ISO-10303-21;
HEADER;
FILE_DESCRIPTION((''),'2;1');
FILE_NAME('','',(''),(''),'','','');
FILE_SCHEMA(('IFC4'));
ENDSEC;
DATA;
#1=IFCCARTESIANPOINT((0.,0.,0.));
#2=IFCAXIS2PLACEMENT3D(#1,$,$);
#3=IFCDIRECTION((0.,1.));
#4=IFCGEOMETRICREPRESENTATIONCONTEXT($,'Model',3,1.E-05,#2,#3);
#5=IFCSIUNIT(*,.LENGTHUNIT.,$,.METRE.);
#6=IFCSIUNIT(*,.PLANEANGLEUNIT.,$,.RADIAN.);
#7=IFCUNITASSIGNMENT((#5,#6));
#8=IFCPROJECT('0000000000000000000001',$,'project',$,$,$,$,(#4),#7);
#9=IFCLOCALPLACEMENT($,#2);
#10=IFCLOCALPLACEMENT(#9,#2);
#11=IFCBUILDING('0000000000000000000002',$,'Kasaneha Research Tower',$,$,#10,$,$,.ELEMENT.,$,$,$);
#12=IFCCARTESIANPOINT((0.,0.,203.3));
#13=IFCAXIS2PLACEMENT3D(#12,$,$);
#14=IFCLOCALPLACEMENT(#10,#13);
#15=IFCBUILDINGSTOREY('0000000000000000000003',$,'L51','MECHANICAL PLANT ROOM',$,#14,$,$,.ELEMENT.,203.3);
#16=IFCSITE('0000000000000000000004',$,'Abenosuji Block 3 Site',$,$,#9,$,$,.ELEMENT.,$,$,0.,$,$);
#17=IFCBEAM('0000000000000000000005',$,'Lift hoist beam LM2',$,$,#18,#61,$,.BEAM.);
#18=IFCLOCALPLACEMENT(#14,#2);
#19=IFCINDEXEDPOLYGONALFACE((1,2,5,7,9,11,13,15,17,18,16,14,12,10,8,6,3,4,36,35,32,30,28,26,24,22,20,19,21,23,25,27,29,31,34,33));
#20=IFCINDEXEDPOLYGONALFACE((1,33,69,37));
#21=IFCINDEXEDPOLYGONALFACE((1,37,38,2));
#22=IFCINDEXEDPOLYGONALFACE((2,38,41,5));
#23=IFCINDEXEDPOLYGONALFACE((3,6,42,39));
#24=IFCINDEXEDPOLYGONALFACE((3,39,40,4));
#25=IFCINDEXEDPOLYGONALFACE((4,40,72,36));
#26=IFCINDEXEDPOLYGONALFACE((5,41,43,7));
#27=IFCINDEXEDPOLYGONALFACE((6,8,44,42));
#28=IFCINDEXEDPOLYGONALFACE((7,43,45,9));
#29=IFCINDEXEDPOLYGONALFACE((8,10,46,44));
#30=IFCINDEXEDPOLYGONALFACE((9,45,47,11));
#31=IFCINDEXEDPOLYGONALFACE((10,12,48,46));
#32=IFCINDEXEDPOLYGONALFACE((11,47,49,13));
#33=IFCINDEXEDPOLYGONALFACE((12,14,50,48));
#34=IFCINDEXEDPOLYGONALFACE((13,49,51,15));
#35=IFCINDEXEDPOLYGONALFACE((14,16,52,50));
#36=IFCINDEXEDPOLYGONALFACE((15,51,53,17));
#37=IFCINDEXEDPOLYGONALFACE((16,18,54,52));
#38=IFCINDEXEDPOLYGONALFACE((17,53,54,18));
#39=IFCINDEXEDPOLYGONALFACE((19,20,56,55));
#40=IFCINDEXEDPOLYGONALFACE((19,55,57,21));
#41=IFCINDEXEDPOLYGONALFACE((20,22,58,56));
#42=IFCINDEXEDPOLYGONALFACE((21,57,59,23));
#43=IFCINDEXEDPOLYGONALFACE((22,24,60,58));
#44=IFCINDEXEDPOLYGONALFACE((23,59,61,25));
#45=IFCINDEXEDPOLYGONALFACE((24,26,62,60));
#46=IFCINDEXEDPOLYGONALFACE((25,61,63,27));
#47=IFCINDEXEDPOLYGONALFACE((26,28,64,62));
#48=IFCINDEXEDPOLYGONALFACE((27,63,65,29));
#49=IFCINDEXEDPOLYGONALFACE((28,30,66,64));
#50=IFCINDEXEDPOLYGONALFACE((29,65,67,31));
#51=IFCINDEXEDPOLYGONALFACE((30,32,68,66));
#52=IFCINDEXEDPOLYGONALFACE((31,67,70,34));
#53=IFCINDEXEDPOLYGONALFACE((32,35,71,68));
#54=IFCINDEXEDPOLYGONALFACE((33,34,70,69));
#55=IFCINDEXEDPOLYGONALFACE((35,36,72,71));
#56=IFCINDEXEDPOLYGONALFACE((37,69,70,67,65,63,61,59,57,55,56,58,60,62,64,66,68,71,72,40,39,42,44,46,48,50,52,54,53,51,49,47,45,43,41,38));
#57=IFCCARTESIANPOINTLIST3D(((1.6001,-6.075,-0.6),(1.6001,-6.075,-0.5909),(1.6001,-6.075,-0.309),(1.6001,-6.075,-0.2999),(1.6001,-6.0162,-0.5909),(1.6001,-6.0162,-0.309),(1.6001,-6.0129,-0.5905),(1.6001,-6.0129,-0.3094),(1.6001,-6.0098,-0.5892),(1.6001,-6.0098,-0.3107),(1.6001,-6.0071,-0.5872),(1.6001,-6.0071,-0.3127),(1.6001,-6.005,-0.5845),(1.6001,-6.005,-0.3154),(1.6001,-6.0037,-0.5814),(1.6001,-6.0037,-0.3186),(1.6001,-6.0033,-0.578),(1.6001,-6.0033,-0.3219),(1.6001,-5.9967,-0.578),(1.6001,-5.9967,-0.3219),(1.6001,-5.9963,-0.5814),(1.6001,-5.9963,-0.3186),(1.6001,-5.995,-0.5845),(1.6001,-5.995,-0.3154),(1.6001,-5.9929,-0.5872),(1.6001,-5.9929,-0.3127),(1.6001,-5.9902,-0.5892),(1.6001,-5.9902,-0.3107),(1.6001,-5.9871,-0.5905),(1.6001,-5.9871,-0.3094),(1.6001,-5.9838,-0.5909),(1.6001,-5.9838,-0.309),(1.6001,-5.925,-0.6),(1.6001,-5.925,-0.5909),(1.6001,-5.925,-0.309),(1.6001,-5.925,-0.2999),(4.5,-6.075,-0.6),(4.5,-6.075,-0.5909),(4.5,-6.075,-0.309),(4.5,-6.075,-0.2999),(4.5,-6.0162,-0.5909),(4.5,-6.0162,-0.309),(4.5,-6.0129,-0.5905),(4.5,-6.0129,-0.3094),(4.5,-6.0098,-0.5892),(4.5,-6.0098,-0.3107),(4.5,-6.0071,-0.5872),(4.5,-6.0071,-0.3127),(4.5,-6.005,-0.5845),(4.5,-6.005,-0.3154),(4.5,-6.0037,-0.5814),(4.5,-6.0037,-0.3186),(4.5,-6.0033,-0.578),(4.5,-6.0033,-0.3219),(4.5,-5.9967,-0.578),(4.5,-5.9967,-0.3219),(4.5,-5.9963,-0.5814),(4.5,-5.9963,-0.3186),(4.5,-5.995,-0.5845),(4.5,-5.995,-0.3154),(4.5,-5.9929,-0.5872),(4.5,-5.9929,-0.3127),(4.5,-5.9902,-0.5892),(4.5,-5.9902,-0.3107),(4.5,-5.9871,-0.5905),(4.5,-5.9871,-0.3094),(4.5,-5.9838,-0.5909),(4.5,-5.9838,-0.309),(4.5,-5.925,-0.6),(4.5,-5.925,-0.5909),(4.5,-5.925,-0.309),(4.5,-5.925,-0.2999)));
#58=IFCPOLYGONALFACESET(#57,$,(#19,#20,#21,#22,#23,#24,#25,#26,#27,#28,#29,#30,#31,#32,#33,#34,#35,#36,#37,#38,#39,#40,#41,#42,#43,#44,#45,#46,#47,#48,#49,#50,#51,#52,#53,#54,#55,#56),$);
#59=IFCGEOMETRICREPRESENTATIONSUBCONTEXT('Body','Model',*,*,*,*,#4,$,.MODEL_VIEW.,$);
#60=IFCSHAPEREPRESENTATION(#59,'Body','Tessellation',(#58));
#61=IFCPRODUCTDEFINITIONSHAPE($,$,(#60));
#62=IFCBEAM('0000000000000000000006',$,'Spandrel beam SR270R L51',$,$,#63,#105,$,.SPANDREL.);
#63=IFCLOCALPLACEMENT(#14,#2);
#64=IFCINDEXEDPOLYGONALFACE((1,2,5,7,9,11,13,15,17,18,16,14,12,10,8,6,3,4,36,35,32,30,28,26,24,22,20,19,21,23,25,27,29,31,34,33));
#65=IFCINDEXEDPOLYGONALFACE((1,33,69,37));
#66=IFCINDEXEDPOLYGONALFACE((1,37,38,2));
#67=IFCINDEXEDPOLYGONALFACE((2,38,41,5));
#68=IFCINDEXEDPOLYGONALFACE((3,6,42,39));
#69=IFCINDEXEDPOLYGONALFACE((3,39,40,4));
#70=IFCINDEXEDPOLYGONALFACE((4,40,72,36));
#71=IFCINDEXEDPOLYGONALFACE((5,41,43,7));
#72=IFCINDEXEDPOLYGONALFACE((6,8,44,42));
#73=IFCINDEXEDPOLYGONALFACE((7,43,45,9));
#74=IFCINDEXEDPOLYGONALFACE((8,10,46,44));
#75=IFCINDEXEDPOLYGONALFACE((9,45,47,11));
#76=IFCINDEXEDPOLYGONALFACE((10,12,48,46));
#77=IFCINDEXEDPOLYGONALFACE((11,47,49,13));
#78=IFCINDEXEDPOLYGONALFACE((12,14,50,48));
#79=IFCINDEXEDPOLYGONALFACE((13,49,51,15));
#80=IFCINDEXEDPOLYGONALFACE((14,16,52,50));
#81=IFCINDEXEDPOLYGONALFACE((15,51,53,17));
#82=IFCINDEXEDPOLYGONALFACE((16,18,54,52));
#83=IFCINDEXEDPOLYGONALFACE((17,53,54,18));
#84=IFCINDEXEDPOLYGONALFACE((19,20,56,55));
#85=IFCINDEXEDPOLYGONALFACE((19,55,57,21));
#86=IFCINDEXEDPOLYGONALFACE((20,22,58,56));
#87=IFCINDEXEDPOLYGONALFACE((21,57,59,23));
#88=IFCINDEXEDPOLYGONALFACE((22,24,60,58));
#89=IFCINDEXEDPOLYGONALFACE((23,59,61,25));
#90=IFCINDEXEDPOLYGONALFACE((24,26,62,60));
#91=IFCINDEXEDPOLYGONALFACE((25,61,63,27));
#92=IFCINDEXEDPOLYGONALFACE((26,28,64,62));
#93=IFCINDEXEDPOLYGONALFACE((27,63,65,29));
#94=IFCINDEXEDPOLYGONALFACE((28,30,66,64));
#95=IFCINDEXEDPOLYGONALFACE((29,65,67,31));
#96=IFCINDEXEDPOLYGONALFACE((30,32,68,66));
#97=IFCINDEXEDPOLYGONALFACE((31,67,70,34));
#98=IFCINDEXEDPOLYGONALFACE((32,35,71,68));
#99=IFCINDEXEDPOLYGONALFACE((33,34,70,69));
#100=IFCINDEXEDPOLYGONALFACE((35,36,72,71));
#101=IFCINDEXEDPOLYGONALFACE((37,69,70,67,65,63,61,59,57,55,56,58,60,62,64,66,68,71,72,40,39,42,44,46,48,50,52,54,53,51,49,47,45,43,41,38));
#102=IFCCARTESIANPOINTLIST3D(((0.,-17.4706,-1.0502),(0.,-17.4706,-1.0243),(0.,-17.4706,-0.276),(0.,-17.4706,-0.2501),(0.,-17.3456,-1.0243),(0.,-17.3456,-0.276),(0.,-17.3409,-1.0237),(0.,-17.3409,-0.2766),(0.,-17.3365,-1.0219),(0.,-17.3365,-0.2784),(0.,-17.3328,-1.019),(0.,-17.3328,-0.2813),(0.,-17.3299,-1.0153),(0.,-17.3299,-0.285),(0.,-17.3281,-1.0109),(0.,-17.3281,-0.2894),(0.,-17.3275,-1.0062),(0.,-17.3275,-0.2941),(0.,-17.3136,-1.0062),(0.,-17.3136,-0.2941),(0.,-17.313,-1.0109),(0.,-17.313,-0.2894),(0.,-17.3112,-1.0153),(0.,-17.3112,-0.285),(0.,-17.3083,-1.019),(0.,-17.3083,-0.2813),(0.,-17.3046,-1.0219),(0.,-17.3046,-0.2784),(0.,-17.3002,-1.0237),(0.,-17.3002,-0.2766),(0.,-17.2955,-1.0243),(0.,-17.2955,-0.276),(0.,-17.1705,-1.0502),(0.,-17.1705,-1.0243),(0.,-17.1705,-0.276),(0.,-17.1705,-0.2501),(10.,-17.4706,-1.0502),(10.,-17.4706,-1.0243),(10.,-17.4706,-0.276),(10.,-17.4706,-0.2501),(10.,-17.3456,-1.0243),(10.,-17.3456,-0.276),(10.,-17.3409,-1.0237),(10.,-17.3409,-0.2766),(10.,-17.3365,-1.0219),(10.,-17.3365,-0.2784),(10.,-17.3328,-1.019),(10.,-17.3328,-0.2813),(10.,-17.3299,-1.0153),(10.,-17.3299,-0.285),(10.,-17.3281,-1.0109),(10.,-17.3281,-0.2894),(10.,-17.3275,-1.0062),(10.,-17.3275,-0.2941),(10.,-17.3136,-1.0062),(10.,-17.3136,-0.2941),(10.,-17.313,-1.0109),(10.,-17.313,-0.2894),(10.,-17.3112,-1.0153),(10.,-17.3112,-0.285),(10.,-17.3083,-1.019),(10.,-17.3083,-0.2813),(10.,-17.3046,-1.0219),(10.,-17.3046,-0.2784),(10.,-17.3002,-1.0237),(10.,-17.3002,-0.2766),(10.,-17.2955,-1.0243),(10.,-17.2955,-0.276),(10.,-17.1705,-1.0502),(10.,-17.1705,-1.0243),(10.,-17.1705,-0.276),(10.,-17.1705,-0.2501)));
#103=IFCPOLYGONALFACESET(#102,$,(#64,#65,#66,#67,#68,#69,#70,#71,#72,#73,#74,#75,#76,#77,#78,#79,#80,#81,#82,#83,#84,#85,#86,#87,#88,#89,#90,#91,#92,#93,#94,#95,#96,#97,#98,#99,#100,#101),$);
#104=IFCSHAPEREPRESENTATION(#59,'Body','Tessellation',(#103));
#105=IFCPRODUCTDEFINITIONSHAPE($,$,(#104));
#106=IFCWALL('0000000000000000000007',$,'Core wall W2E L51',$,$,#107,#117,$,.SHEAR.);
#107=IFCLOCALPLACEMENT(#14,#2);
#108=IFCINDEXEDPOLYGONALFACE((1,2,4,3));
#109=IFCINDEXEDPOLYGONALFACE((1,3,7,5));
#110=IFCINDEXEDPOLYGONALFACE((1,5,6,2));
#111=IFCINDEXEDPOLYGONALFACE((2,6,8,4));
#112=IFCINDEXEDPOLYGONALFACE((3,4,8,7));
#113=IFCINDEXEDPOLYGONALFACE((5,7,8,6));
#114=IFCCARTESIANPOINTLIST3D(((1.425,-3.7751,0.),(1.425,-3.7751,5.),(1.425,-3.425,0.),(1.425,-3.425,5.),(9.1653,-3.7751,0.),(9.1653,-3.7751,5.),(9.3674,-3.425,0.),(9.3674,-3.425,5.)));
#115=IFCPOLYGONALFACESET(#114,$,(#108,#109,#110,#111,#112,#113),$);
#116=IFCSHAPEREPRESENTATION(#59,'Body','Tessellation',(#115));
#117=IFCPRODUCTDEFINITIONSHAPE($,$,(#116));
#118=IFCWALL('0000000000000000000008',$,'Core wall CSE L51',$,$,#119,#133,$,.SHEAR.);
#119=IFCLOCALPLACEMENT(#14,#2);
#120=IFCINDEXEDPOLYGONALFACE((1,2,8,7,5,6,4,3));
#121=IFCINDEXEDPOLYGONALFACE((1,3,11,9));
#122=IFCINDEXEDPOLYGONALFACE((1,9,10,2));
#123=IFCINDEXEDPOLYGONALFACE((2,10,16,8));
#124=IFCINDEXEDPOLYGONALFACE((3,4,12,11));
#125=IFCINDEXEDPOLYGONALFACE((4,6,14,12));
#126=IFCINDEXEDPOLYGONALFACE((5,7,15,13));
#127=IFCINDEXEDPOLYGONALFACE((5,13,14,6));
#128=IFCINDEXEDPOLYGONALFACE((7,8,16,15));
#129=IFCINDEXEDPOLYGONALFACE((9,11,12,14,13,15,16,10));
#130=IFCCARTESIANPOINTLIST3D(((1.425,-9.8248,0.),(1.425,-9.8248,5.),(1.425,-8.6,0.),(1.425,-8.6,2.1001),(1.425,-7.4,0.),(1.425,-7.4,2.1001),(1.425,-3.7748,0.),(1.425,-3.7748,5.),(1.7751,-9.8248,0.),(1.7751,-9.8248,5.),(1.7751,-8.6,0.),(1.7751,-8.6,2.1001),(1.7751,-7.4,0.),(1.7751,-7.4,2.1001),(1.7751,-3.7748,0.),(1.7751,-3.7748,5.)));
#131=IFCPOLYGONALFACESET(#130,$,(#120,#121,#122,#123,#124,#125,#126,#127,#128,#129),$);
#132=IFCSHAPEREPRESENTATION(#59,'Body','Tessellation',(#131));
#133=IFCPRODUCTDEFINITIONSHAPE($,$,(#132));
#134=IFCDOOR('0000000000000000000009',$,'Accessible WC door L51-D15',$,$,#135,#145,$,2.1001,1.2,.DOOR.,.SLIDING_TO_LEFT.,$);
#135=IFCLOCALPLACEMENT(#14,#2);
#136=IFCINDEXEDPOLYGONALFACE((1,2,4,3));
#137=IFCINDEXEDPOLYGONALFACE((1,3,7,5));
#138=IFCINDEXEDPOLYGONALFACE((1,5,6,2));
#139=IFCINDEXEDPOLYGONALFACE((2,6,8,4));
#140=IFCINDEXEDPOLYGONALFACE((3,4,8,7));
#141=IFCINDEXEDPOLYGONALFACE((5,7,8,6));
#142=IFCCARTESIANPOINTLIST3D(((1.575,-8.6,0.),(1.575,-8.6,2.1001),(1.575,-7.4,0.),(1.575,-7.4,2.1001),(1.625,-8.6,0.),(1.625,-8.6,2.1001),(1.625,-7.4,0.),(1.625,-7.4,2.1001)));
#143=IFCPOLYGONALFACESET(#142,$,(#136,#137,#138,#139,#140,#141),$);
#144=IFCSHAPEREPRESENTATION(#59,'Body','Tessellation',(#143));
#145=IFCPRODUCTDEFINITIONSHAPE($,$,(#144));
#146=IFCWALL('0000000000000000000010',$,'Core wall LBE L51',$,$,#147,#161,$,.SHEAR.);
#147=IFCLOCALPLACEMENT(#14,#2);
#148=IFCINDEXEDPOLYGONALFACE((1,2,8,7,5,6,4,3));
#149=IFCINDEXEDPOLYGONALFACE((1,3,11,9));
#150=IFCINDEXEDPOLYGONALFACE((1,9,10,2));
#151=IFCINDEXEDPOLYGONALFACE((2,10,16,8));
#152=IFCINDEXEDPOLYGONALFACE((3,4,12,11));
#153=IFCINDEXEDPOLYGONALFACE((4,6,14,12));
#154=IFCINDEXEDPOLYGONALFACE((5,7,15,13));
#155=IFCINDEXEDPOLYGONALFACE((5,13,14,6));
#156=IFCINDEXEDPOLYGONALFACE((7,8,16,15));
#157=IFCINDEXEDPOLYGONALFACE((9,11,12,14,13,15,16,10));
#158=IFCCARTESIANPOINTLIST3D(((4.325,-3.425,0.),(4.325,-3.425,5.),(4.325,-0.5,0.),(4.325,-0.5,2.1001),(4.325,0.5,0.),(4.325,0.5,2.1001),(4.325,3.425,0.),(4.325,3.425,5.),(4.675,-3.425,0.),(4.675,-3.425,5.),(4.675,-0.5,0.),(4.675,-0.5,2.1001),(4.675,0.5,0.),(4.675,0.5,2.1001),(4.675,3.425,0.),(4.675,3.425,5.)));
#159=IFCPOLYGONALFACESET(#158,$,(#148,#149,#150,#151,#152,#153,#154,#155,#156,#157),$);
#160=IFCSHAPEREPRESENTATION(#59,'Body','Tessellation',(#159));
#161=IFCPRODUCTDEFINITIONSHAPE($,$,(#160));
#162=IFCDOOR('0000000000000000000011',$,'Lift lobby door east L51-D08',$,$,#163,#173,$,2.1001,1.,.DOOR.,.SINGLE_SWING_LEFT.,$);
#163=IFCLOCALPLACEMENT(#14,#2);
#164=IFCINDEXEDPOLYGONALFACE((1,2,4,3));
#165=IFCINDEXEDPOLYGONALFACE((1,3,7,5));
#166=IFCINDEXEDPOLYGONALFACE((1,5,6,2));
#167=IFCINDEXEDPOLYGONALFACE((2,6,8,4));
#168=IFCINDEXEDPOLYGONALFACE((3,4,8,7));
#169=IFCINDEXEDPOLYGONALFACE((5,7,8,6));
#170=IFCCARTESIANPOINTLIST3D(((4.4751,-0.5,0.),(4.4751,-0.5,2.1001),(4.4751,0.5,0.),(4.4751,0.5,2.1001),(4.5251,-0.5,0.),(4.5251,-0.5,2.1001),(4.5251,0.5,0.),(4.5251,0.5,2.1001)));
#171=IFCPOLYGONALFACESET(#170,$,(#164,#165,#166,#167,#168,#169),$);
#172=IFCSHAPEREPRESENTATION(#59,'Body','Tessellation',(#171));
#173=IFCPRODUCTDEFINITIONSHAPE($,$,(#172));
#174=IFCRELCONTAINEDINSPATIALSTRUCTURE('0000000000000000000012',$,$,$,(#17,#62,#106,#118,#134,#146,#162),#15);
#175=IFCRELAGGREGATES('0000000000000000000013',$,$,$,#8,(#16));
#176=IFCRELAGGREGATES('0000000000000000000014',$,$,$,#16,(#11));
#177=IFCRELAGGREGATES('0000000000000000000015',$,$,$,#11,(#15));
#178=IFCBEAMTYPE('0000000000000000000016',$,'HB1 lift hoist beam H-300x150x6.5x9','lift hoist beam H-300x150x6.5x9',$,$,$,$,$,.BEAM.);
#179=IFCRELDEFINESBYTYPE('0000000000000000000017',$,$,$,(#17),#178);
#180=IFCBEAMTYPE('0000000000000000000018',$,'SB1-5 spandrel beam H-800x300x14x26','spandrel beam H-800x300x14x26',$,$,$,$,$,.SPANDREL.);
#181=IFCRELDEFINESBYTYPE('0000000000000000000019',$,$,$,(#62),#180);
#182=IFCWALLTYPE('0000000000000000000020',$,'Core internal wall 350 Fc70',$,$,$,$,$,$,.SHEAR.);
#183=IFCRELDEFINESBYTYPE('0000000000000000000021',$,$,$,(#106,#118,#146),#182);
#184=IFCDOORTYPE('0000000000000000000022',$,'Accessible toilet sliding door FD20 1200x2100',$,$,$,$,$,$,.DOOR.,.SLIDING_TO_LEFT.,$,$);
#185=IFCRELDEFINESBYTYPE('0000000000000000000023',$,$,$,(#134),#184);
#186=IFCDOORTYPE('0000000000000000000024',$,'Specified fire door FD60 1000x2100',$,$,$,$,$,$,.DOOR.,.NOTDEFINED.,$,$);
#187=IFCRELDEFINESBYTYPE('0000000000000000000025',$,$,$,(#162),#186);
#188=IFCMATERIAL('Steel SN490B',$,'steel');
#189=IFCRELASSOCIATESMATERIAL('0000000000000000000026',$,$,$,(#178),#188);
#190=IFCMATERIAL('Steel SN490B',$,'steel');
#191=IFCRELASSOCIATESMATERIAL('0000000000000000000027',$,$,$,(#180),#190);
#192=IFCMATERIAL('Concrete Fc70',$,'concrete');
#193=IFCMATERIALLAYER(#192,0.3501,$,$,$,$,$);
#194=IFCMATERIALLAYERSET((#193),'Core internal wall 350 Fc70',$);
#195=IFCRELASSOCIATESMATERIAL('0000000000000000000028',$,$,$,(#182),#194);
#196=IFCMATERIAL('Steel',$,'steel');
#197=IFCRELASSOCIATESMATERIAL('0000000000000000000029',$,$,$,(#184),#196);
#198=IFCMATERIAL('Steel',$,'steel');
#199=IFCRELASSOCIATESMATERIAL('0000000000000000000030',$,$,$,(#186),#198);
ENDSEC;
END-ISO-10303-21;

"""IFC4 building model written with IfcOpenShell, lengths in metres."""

from ifc_helpers import new_model, si_unit, direction, frame, frame_2d, origin, origin_2d, place, context, subcontext, project, spatial, polyline, rectangle, i_section, outline, extrude, material, layer, layer_set, material_profile, profile_set, type_object, element, fill, save


model = new_model("IFC4")

# Units and contexts
model_context = context("Model", 3, precision=1e-05, world=origin(), true_north=direction((0.0, 1.0)))
body_context = subcontext(model_context, "Body", "Model", "MODEL_VIEW")
ifc_project = project(units=[si_unit("LENGTHUNIT", "METRE"), si_unit("PLANEANGLEUNIT", "RADIAN")], contexts=[model_context])

# Site, building, storey
site_placement = place(None, origin())
site = spatial("IfcSite", under=ifc_project, at=site_placement, Name="Abenosuji Block 3 Site", CompositionType="ELEMENT", RefElevation=0.0)
building_placement = place(site_placement, origin())
building = spatial("IfcBuilding", under=site, at=building_placement, Name="Kasaneha Research Tower", CompositionType="ELEMENT")
storey_placement = place(building_placement, frame((0.0, 0.0, 203.3)))
storey = spatial("IfcBuildingStorey", under=building, at=storey_placement, Name="L51", Description="MECHANICAL PLANT ROOM", CompositionType="ELEMENT", Elevation=203.3)

# Beams
ifc_material_1 = material(Name="Steel SN490B", Category="steel")
ifc_material_profile_1 = material_profile(ifc_material_1, i_section(OverallWidth=0.1499, OverallDepth=0.3, WebThickness=0.0066, FlangeThickness=0.009, FilletRadius=0.0129, at=origin_2d()), Name="H-300x150x6.5x9")
ifc_profile_set_1 = profile_set([ifc_material_profile_1], Name="Steel SN490B")
beam_type_1 = type_object("IfcBeamType", Name="HB1 lift hoist beam H-300x150x6.5x9", Description="lift hoist beam H-300x150x6.5x9", PredefinedType="BEAM", material=ifc_profile_set_1)
beam_1_placement = place(storey_placement, frame((1.6001, -6.0, -0.45), z_axis=(1.0, 0.0, 0.0), x_axis=(0.0, 1.0, 0.0)))
element("IfcBeam", 1, at=beam_1_placement, inside=storey, type_object=beam_type_1, Name="Lift hoist beam LM2", PredefinedType="BEAM", context=body_context, shape_type="SweptSolid", body=[
    extrude(i_section(OverallWidth=0.1499, OverallDepth=0.3, WebThickness=0.0066, FlangeThickness=0.009, FilletRadius=0.0129, at=origin_2d()), origin(), (0.0, 0.0, 1.0), 2.8999),
])
ifc_material_2 = material(Name="Steel SN490B", Category="steel")
ifc_material_profile_2 = material_profile(ifc_material_2, i_section(OverallWidth=0.3, OverallDepth=0.8, WebThickness=0.0139, FlangeThickness=0.0259, FilletRadius=0.0181, at=origin_2d()), Name="H-800x300x14x26")
ifc_profile_set_2 = profile_set([ifc_material_profile_2], Name="Steel SN490B")
beam_type_2 = type_object("IfcBeamType", Name="SB1-5 spandrel beam H-800x300x14x26", Description="spandrel beam H-800x300x14x26", PredefinedType="SPANDREL", material=ifc_profile_set_2)
beam_2_placement = place(storey_placement, frame((10.0, -17.3206, -0.6501), z_axis=(-1.0, 0.0, 0.0), x_axis=(0.0, -1.0, 0.0)))
element("IfcBeam", 2, at=beam_2_placement, inside=storey, type_object=beam_type_2, Name="Spandrel beam SR270R L51", PredefinedType="SPANDREL", context=body_context, shape_type="SweptSolid", body=[
    extrude(i_section(OverallWidth=0.3, OverallDepth=0.8, WebThickness=0.0139, FlangeThickness=0.0259, FilletRadius=0.0181, at=origin_2d()), origin(), (0.0, 0.0, 1.0), 10.0),
])

# Wall
ifc_material_3 = material(Name="Concrete Fc70", Category="concrete")
ifc_layer_1 = layer(ifc_material_3, 0.3501)
ifc_layer_set_1 = layer_set([ifc_layer_1], Name="Core internal wall 350 Fc70")
wall_type_1 = type_object("IfcWallType", Name="Core internal wall 350 Fc70", PredefinedType="SHEAR", material=ifc_layer_set_1)
wall_1_placement = place(storey_placement, frame((1.425, -3.6001, 0.0), z_axis=(0.0, 0.0, 1.0), x_axis=(1.0, 0.0, 0.0)))
element("IfcWall", 3, at=wall_1_placement, inside=storey, type_object=wall_type_1, Name="Core wall W2E L51", PredefinedType="SHEAR", context=body_context, shape_type="SweptSolid", body=[
    extrude(outline(polyline([(0.0, -0.175), (7.7402, -0.175), (7.9424, 0.175), (0.0, 0.175), (0.0, -0.175)])), origin(), (0.0, 0.0, 1.0), 5.0),
])

# Walls, openings, doors
wall_2_placement = place(storey_placement, frame((1.6001, -3.7749, 0.0), z_axis=(0.0, 0.0, 1.0), x_axis=(0.0, -1.0, 0.0)))
wall_2 = element("IfcWall", 4, at=wall_2_placement, inside=storey, type_object=wall_type_1, Name="Core wall CSE L51", PredefinedType="SHEAR", context=body_context, shape_type="SweptSolid", body=[
    extrude(rectangle(XDim=6.05, YDim=0.3501, at=frame_2d((3.0249, 0.0))), origin(), (0.0, 0.0, 1.0), 5.0),
])
opening_1_placement = place(wall_2_placement, frame((3.625, 0.0, 0.0)))
opening_1 = element("IfcOpeningElement", 5, at=opening_1_placement, cuts=wall_2, PredefinedType="OPENING", context=body_context, shape_type="SweptSolid", body=[
    extrude(rectangle(XDim=1.2, YDim=2.1001, at=frame_2d((0.6001, 1.05))), frame((0.0, 0.1851, 0.0), z_axis=(0.0, -1.0, 0.0), x_axis=(1.0, 0.0, 0.0)), (0.0, 0.0, 1.0), 0.3701),
])
ifc_material_4 = material(Name="Steel", Category="steel")
door_type_1 = type_object("IfcDoorType", Name="Accessible toilet sliding door FD20 1200x2100", OperationType="SLIDING_TO_LEFT", PredefinedType="DOOR", material=ifc_material_4)
door_1_placement = place(opening_1_placement, origin())
door_1 = element("IfcDoor", 6, at=door_1_placement, inside=storey, type_object=door_type_1, Name="Accessible WC door L51-D15", OperationType="SLIDING_TO_LEFT", OverallHeight=2.1001, OverallWidth=1.2, PredefinedType="DOOR", context=body_context, shape_type="SweptSolid", body=[
    extrude(rectangle(XDim=1.2, YDim=2.1001, at=frame_2d((0.6001, 1.05))), frame((0.0, 0.0249, 0.0), z_axis=(0.0, -1.0, 0.0), x_axis=(1.0, 0.0, 0.0)), (0.0, 0.0, 1.0), 0.05),
])
fill(opening_1, door_1)
wall_3_placement = place(storey_placement, frame((4.5, -3.425, 0.0), z_axis=(0.0, 0.0, 1.0), x_axis=(0.0, 1.0, 0.0)))
wall_3 = element("IfcWall", 7, at=wall_3_placement, inside=storey, type_object=wall_type_1, Name="Core wall LBE L51", PredefinedType="SHEAR", context=body_context, shape_type="SweptSolid", body=[
    extrude(rectangle(XDim=6.8501, YDim=0.3501, at=frame_2d((3.425, 0.0))), origin(), (0.0, 0.0, 1.0), 5.0),
])
opening_2_placement = place(wall_3_placement, frame((2.925, 0.0, 0.0)))
opening_2 = element("IfcOpeningElement", 8, at=opening_2_placement, cuts=wall_3, PredefinedType="OPENING", context=body_context, shape_type="SweptSolid", body=[
    extrude(rectangle(XDim=1.0, YDim=2.1001, at=frame_2d((0.5, 1.05))), frame((0.0, 0.1851, 0.0), z_axis=(0.0, -1.0, 0.0), x_axis=(1.0, 0.0, 0.0)), (0.0, 0.0, 1.0), 0.3701),
])
ifc_material_5 = material(Name="Steel", Category="steel")
door_type_2 = type_object("IfcDoorType", Name="Specified fire door FD60 1000x2100", OperationType="NOTDEFINED", PredefinedType="DOOR", material=ifc_material_5)
door_2_placement = place(opening_2_placement, origin())
door_2 = element("IfcDoor", 9, at=door_2_placement, inside=storey, type_object=door_type_2, Name="Lift lobby door east L51-D08", OperationType="SINGLE_SWING_LEFT", OverallHeight=2.1001, OverallWidth=1.0, PredefinedType="DOOR", context=body_context, shape_type="SweptSolid", body=[
    extrude(rectangle(XDim=1.0, YDim=2.1001, at=frame_2d((0.5, 1.05))), frame((0.0, 0.0249, 0.0), z_axis=(0.0, -1.0, 0.0), x_axis=(1.0, 0.0, 0.0)), (0.0, 0.0, 1.0), 0.05),
])
fill(opening_2, door_2)

save(model, "model.ifc")
